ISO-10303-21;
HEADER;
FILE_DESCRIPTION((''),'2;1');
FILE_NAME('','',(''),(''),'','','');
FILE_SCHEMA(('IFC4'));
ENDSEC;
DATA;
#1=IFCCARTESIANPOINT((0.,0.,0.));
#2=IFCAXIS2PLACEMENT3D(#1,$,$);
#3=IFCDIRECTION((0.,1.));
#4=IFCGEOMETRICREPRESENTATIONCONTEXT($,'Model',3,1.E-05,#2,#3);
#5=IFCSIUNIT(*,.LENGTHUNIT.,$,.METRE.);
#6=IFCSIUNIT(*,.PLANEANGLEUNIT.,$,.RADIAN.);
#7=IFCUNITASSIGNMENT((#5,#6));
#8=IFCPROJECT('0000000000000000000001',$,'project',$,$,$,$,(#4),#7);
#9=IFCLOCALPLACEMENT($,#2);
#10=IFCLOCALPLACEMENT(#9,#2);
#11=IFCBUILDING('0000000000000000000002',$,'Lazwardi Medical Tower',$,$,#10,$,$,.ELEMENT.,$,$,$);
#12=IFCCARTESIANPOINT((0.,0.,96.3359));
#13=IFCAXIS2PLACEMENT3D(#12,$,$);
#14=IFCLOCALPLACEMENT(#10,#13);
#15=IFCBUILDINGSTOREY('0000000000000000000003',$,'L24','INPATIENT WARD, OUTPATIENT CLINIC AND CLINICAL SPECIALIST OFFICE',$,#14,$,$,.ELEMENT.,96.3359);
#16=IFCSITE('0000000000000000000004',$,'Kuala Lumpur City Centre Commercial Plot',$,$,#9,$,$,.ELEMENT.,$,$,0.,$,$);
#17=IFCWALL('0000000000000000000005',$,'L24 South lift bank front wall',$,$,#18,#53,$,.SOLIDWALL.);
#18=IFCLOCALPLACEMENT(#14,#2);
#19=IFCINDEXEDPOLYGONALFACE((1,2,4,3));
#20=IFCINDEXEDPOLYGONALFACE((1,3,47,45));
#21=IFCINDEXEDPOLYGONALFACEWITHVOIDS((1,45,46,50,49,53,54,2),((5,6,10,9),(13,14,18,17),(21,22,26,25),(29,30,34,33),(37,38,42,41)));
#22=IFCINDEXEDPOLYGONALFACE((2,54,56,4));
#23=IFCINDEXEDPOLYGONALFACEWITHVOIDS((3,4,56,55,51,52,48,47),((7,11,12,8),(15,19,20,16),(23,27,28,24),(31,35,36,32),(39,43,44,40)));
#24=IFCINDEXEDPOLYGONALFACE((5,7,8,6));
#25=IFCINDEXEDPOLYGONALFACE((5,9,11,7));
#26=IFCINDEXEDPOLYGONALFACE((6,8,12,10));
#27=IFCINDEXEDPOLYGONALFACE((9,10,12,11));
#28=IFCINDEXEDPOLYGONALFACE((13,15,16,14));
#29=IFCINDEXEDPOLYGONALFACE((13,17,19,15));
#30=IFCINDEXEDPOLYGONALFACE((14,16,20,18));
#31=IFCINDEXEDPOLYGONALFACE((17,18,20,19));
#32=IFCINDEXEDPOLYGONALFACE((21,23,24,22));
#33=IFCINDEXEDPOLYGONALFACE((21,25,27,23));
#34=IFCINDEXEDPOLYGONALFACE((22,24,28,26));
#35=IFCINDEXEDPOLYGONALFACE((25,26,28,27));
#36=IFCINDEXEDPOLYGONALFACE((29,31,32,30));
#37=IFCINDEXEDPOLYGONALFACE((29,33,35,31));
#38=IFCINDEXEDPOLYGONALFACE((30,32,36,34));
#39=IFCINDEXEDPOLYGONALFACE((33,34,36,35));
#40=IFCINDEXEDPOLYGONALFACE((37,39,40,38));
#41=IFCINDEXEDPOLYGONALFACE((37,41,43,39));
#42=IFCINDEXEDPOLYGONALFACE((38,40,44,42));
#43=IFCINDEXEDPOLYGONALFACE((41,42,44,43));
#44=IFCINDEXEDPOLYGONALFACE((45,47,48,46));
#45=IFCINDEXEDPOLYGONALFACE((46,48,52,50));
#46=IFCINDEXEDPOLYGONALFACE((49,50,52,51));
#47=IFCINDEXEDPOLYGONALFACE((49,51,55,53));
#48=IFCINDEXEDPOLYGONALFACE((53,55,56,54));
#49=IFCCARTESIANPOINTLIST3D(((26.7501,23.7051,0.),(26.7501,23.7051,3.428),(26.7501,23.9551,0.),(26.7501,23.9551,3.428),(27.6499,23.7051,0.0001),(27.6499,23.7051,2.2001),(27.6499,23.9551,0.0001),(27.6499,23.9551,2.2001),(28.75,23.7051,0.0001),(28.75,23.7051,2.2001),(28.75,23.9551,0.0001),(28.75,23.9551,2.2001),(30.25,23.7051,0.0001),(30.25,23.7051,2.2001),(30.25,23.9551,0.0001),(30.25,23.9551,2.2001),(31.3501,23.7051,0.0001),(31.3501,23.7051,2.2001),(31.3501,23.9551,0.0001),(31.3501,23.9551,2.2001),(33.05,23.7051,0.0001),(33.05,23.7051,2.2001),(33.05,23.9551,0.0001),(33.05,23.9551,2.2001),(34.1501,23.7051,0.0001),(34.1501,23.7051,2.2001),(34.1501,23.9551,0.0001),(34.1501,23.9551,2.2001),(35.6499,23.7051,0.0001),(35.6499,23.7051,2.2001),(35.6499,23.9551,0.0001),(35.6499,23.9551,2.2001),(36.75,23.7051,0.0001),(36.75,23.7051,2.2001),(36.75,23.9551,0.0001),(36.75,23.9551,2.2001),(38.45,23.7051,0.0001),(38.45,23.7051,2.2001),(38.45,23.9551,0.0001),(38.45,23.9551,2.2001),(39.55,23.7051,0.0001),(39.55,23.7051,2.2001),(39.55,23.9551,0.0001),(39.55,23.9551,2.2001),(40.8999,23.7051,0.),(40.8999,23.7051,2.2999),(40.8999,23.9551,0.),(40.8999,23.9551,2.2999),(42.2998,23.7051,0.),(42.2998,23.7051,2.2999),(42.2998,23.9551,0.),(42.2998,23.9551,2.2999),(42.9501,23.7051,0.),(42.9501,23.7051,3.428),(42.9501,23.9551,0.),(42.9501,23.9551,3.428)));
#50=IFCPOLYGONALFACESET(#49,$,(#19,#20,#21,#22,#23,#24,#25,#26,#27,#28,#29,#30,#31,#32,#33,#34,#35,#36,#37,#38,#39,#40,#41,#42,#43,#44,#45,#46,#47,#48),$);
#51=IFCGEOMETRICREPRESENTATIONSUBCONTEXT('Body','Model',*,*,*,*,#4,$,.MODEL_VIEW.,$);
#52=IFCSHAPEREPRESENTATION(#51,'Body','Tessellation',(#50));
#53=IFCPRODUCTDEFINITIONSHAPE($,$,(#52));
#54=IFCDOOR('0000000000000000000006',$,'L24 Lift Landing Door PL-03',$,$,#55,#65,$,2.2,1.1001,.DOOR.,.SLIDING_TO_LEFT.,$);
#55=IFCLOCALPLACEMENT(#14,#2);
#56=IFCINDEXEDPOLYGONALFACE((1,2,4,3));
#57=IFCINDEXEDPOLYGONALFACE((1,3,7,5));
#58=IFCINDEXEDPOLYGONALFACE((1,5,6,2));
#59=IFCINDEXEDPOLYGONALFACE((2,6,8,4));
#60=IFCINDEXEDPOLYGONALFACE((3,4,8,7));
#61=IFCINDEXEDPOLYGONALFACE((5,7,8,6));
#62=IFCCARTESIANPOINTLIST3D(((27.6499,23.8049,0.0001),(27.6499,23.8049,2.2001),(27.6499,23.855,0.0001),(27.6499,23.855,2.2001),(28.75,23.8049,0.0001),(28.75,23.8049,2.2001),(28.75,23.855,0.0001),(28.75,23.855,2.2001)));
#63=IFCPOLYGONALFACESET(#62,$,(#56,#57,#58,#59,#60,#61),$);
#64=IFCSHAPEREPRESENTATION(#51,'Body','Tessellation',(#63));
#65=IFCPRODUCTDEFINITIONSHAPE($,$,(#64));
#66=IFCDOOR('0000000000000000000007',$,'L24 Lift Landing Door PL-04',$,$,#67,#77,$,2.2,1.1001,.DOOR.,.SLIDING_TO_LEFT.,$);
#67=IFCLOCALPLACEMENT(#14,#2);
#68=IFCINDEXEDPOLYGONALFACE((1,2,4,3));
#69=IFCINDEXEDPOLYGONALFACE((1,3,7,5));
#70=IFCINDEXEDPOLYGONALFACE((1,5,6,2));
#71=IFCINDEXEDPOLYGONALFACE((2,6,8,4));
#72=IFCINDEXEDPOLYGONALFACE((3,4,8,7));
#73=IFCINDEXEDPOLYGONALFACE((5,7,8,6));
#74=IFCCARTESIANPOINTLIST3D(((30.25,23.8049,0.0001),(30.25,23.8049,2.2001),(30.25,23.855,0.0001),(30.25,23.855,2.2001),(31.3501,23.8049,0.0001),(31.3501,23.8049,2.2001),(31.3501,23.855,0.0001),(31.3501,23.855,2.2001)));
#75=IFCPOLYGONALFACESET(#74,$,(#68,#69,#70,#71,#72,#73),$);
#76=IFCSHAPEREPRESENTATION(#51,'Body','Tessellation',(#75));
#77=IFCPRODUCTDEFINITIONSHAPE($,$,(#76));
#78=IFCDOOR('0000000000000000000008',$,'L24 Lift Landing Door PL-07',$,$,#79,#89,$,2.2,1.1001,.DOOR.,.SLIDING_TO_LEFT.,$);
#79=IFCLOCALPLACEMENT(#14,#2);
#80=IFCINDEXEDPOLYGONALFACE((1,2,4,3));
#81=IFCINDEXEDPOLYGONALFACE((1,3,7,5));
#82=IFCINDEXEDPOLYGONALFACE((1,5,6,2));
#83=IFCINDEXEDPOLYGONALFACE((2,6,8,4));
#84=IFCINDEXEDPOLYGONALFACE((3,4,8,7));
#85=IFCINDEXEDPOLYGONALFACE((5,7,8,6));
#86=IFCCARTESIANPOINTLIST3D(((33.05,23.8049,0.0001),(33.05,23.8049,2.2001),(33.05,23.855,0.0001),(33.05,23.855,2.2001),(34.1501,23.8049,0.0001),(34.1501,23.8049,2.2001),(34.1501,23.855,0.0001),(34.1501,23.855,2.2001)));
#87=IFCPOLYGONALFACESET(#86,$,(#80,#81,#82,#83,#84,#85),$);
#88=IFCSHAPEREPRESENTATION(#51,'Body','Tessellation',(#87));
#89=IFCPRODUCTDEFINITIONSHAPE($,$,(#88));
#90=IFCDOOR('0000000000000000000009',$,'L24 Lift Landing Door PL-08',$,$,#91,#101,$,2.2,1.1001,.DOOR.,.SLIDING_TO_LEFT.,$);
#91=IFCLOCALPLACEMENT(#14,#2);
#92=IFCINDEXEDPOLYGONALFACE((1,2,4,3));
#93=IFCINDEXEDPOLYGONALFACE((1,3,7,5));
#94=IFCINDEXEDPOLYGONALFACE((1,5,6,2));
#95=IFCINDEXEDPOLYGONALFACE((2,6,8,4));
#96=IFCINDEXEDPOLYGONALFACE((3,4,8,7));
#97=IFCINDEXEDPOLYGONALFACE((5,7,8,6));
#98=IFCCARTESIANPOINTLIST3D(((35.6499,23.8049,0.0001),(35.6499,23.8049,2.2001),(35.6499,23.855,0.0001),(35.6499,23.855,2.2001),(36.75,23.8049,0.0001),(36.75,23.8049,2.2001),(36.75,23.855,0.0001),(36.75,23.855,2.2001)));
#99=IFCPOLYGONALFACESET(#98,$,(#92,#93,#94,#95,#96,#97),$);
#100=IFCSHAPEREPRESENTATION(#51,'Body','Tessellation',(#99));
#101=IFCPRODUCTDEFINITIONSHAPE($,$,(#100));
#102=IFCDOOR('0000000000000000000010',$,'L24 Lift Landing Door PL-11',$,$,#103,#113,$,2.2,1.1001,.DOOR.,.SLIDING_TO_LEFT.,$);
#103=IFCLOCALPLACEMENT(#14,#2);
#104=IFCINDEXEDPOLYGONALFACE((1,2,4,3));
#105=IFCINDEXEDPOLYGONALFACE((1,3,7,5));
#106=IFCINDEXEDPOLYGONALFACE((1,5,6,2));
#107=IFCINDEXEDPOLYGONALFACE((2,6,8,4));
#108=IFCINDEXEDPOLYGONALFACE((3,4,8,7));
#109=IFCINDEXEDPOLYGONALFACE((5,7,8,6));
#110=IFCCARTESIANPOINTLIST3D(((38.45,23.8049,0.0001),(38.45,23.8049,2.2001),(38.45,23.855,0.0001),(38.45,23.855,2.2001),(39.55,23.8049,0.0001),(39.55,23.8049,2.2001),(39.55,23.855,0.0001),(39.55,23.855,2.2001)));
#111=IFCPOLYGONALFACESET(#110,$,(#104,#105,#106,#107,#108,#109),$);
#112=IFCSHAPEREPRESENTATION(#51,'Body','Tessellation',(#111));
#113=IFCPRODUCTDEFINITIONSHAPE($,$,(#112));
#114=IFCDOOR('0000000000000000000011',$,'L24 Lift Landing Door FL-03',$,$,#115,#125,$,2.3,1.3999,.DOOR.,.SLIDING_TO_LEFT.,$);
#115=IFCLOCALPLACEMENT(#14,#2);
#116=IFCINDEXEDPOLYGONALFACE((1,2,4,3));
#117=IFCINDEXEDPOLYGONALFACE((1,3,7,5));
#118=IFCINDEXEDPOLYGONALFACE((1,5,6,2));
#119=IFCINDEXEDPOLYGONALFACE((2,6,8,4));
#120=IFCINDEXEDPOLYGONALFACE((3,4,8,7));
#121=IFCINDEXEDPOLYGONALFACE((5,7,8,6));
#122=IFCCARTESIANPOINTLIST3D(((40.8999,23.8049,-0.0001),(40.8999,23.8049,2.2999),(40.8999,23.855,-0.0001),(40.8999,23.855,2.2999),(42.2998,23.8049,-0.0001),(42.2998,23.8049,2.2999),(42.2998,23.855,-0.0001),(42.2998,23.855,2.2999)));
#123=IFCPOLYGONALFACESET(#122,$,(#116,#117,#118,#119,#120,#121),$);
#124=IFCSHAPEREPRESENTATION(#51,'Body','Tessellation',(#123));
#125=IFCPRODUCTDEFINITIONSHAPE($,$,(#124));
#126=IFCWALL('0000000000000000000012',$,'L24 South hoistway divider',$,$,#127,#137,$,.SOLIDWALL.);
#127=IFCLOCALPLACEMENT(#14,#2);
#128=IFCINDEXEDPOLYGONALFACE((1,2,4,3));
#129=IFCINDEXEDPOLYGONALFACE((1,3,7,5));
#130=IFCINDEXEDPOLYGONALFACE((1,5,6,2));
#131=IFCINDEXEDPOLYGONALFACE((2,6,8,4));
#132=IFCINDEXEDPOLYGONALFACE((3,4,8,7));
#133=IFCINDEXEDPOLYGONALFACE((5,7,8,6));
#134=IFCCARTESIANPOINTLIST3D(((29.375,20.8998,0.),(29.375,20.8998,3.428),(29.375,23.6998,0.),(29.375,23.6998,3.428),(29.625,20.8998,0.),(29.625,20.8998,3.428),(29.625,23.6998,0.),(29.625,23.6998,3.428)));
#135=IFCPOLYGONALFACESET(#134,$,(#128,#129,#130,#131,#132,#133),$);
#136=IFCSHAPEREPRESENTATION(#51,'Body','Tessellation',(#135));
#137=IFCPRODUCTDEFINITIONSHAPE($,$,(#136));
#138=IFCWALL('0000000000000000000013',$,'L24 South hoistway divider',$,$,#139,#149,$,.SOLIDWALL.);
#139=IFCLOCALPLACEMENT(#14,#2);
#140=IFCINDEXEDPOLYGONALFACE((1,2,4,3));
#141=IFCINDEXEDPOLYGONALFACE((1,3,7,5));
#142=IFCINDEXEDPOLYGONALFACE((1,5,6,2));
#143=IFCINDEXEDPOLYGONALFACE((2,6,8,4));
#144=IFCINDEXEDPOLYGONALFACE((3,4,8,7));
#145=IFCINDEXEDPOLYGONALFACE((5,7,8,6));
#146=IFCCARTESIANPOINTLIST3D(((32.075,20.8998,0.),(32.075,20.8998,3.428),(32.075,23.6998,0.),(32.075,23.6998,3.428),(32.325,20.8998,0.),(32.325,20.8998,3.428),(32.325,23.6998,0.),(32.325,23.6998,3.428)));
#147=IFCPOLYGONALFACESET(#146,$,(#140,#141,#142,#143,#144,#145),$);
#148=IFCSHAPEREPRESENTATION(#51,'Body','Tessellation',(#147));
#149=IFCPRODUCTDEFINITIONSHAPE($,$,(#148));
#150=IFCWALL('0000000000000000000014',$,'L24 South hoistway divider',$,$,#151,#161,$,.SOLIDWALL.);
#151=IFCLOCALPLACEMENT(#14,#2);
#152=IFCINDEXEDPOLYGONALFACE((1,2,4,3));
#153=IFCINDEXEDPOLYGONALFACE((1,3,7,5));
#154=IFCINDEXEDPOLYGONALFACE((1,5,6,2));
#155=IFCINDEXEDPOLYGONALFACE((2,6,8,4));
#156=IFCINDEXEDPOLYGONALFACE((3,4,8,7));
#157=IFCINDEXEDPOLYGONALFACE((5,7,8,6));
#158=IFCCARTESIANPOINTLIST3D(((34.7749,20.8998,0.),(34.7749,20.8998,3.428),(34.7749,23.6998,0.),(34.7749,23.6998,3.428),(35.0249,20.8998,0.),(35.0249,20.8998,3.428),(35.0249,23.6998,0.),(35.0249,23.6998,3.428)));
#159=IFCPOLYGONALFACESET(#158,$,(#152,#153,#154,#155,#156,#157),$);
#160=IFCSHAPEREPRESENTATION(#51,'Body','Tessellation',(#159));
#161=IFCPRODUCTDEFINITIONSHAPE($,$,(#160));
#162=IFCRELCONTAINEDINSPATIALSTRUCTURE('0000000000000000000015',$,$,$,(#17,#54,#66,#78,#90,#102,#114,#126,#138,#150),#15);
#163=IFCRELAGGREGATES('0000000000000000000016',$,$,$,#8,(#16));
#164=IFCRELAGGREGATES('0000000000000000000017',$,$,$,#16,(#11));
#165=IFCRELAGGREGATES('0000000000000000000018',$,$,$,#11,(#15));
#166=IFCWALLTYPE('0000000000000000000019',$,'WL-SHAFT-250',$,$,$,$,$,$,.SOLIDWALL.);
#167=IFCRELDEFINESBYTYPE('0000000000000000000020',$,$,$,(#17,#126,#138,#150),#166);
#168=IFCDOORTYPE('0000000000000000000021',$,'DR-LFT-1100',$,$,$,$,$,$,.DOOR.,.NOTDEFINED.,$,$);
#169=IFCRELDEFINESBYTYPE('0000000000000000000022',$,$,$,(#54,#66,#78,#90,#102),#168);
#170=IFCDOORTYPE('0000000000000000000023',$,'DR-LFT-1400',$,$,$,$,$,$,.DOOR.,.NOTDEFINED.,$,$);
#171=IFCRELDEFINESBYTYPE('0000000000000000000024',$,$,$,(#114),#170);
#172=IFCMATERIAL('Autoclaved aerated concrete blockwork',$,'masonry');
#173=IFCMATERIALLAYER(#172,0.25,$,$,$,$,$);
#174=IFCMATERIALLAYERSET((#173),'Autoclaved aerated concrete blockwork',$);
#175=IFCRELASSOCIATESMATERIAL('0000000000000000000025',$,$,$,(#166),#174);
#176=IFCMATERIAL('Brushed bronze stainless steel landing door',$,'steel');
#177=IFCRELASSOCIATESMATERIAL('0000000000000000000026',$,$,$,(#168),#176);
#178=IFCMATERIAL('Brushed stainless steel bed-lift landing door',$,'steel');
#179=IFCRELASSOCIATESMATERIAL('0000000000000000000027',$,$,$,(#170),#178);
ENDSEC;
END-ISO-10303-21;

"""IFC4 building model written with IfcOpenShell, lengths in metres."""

from ifc_helpers import new_model, si_unit, direction, frame, frame_2d, origin, place, context, subcontext, project, spatial, rectangle, extrude, material, layer, layer_set, type_object, element, fill, save


model = new_model("IFC4")

# Units and contexts
model_context = context("Model", 3, precision=1e-05, world=origin(), true_north=direction((0.0, 1.0)))
body_context = subcontext(model_context, "Body", "Model", "MODEL_VIEW")
ifc_project = project(units=[si_unit("LENGTHUNIT", "METRE"), si_unit("PLANEANGLEUNIT", "RADIAN")], contexts=[model_context])

# Site, building, storey
site_placement = place(None, origin())
site = spatial("IfcSite", under=ifc_project, at=site_placement, Name="Kuala Lumpur City Centre Commercial Plot", CompositionType="ELEMENT", RefElevation=0.0)
building_placement = place(site_placement, origin())
building = spatial("IfcBuilding", under=site, at=building_placement, Name="Lazwardi Medical Tower", CompositionType="ELEMENT")
storey_placement = place(building_placement, frame((0.0, 0.0, 96.3359)))
storey = spatial("IfcBuildingStorey", under=building, at=storey_placement, Name="L24", Description="INPATIENT WARD, OUTPATIENT CLINIC AND CLINICAL SPECIALIST OFFICE", CompositionType="ELEMENT", Elevation=96.3359)

# Wall, openings, doors
ifc_material_1 = material(Name="Autoclaved aerated concrete blockwork", Category="masonry")
ifc_layer_1 = layer(ifc_material_1, 0.25)
ifc_layer_set_1 = layer_set([ifc_layer_1], Name="Autoclaved aerated concrete blockwork")
wall_type_1 = type_object("IfcWallType", Name="WL-SHAFT-250", PredefinedType="SOLIDWALL", material=ifc_layer_set_1)
wall_1_placement = place(storey_placement, frame((26.75, 23.8301, 0.0), z_axis=(0.0, 0.0, 1.0), x_axis=(1.0, 0.0, 0.0)))
wall_1 = element("IfcWall", 1, at=wall_1_placement, inside=storey, type_object=wall_type_1, Name="L24 South lift bank front wall", PredefinedType="SOLIDWALL", context=body_context, shape_type="SweptSolid", body=[
    extrude(rectangle(XDim=16.2, YDim=0.25, at=frame_2d((8.1001, 0.0))), origin(), (0.0, 0.0, 1.0), 3.428),
])
opening_1_placement = place(wall_1_placement, frame((0.8999, 0.0, 0.0)))
opening_1 = element("IfcOpeningElement", 2, at=opening_1_placement, cuts=wall_1, PredefinedType="OPENING", context=body_context, shape_type="SweptSolid", body=[
    extrude(rectangle(XDim=1.1001, YDim=2.2, at=frame_2d((0.55, 1.1001))), frame((0.0, 0.135, 0.0), z_axis=(0.0, -1.0, 0.0), x_axis=(1.0, 0.0, 0.0)), (0.0, 0.0, 1.0), 0.27),
])
opening_2_placement = place(wall_1_placement, frame((3.5, 0.0, 0.0)))
opening_2 = element("IfcOpeningElement", 3, at=opening_2_placement, cuts=wall_1, PredefinedType="OPENING", context=body_context, shape_type="SweptSolid", body=[
    extrude(rectangle(XDim=1.1001, YDim=2.2, at=frame_2d((0.55, 1.1001))), frame((0.0, 0.135, 0.0), z_axis=(0.0, -1.0, 0.0), x_axis=(1.0, 0.0, 0.0)), (0.0, 0.0, 1.0), 0.27),
])
opening_3_placement = place(wall_1_placement, frame((6.3, 0.0, 0.0)))
opening_3 = element("IfcOpeningElement", 4, at=opening_3_placement, cuts=wall_1, PredefinedType="OPENING", context=body_context, shape_type="SweptSolid", body=[
    extrude(rectangle(XDim=1.1001, YDim=2.2, at=frame_2d((0.55, 1.1001))), frame((0.0, 0.135, 0.0), z_axis=(0.0, -1.0, 0.0), x_axis=(1.0, 0.0, 0.0)), (0.0, 0.0, 1.0), 0.27),
])
opening_4_placement = place(wall_1_placement, frame((8.8999, 0.0, 0.0)))
opening_4 = element("IfcOpeningElement", 5, at=opening_4_placement, cuts=wall_1, PredefinedType="OPENING", context=body_context, shape_type="SweptSolid", body=[
    extrude(rectangle(XDim=1.1001, YDim=2.2, at=frame_2d((0.55, 1.1001))), frame((0.0, 0.135, 0.0), z_axis=(0.0, -1.0, 0.0), x_axis=(1.0, 0.0, 0.0)), (0.0, 0.0, 1.0), 0.27),
])
opening_5_placement = place(wall_1_placement, frame((11.7, 0.0, 0.0)))
opening_5 = element("IfcOpeningElement", 6, at=opening_5_placement, cuts=wall_1, PredefinedType="OPENING", context=body_context, shape_type="SweptSolid", body=[
    extrude(rectangle(XDim=1.1001, YDim=2.2, at=frame_2d((0.55, 1.1001))), frame((0.0, 0.135, 0.0), z_axis=(0.0, -1.0, 0.0), x_axis=(1.0, 0.0, 0.0)), (0.0, 0.0, 1.0), 0.27),
])
opening_6_placement = place(wall_1_placement, frame((14.1499, 0.0, 0.0)))
opening_6 = element("IfcOpeningElement", 7, at=opening_6_placement, cuts=wall_1, PredefinedType="OPENING", context=body_context, shape_type="SweptSolid", body=[
    extrude(rectangle(XDim=1.3999, YDim=2.3, at=frame_2d((0.7, 1.1499))), frame((0.0, 0.135, 0.0), z_axis=(0.0, -1.0, 0.0), x_axis=(1.0, 0.0, 0.0)), (0.0, 0.0, 1.0), 0.27),
])
ifc_material_2 = material(Name="Brushed bronze stainless steel landing door", Category="steel")
door_type_1 = type_object("IfcDoorType", Name="DR-LFT-1100", OperationType="NOTDEFINED", PredefinedType="DOOR", material=ifc_material_2)
door_1_placement = place(opening_1_placement, origin())
door_1 = element("IfcDoor", 8, at=door_1_placement, inside=storey, type_object=door_type_1, Name="L24 Lift Landing Door PL-03", OperationType="SLIDING_TO_LEFT", OverallHeight=2.2, OverallWidth=1.1001, PredefinedType="DOOR", context=body_context, shape_type="SweptSolid", body=[
    extrude(rectangle(XDim=1.1001, YDim=2.2, at=frame_2d((0.55, 1.1001))), frame((0.0, 0.0249, 0.0), z_axis=(0.0, -1.0, 0.0), x_axis=(1.0, 0.0, 0.0)), (0.0, 0.0, 1.0), 0.05),
])
fill(opening_1, door_1)
door_2_placement = place(opening_2_placement, origin())
door_2 = element("IfcDoor", 9, at=door_2_placement, inside=storey, type_object=door_type_1, Name="L24 Lift Landing Door PL-04", OperationType="SLIDING_TO_LEFT", OverallHeight=2.2, OverallWidth=1.1001, PredefinedType="DOOR", context=body_context, shape_type="SweptSolid", body=[
    extrude(rectangle(XDim=1.1001, YDim=2.2, at=frame_2d((0.55, 1.1001))), frame((0.0, 0.0249, 0.0), z_axis=(0.0, -1.0, 0.0), x_axis=(1.0, 0.0, 0.0)), (0.0, 0.0, 1.0), 0.05),
])
fill(opening_2, door_2)
door_3_placement = place(opening_3_placement, origin())
door_3 = element("IfcDoor", 10, at=door_3_placement, inside=storey, type_object=door_type_1, Name="L24 Lift Landing Door PL-07", OperationType="SLIDING_TO_LEFT", OverallHeight=2.2, OverallWidth=1.1001, PredefinedType="DOOR", context=body_context, shape_type="SweptSolid", body=[
    extrude(rectangle(XDim=1.1001, YDim=2.2, at=frame_2d((0.55, 1.1001))), frame((0.0, 0.0249, 0.0), z_axis=(0.0, -1.0, 0.0), x_axis=(1.0, 0.0, 0.0)), (0.0, 0.0, 1.0), 0.05),
])
fill(opening_3, door_3)
door_4_placement = place(opening_4_placement, origin())
door_4 = element("IfcDoor", 11, at=door_4_placement, inside=storey, type_object=door_type_1, Name="L24 Lift Landing Door PL-08", OperationType="SLIDING_TO_LEFT", OverallHeight=2.2, OverallWidth=1.1001, PredefinedType="DOOR", context=body_context, shape_type="SweptSolid", body=[
    extrude(rectangle(XDim=1.1001, YDim=2.2, at=frame_2d((0.55, 1.1001))), frame((0.0, 0.0249, 0.0), z_axis=(0.0, -1.0, 0.0), x_axis=(1.0, 0.0, 0.0)), (0.0, 0.0, 1.0), 0.05),
])
fill(opening_4, door_4)
door_5_placement = place(opening_5_placement, origin())
door_5 = element("IfcDoor", 12, at=door_5_placement, inside=storey, type_object=door_type_1, Name="L24 Lift Landing Door PL-11", OperationType="SLIDING_TO_LEFT", OverallHeight=2.2, OverallWidth=1.1001, PredefinedType="DOOR", context=body_context, shape_type="SweptSolid", body=[
    extrude(rectangle(XDim=1.1001, YDim=2.2, at=frame_2d((0.55, 1.1001))), frame((0.0, 0.0249, 0.0), z_axis=(0.0, -1.0, 0.0), x_axis=(1.0, 0.0, 0.0)), (0.0, 0.0, 1.0), 0.05),
])
fill(opening_5, door_5)
ifc_material_3 = material(Name="Brushed stainless steel bed-lift landing door", Category="steel")
door_type_2 = type_object("IfcDoorType", Name="DR-LFT-1400", OperationType="NOTDEFINED", PredefinedType="DOOR", material=ifc_material_3)
door_6_placement = place(opening_6_placement, origin())
door_6 = element("IfcDoor", 13, at=door_6_placement, inside=storey, type_object=door_type_2, Name="L24 Lift Landing Door FL-03", OperationType="SLIDING_TO_LEFT", OverallHeight=2.3, OverallWidth=1.3999, PredefinedType="DOOR", context=body_context, shape_type="SweptSolid", body=[
    extrude(rectangle(XDim=1.3999, YDim=2.3, at=frame_2d((0.7, 1.1499))), frame((0.0, 0.0249, 0.0), z_axis=(0.0, -1.0, 0.0), x_axis=(1.0, 0.0, 0.0)), (0.0, 0.0, 1.0), 0.05),
])
fill(opening_6, door_6)

# Walls
for number, where, z_axis, x_axis, name in (
    (14, (29.5, 20.8999, 0.0), (0.0, 0.0, 1.0), (0.0, 1.0, 0.0), "L24 South hoistway divider"),
    (15, (32.2, 20.8999, 0.0), (0.0, 0.0, 1.0), (0.0, 1.0, 0.0), "L24 South hoistway divider"),
    (16, (34.8999, 20.8999, 0.0), (0.0, 0.0, 1.0), (0.0, 1.0, 0.0), "L24 South hoistway divider"),
):
    element("IfcWall", number, at=place(storey_placement, frame(where, z_axis=z_axis, x_axis=x_axis)), inside=storey, type_object=wall_type_1, Name=name, PredefinedType="SOLIDWALL", context=body_context, shape_type="SweptSolid", body=[
        extrude(rectangle(XDim=2.8, YDim=0.25, at=frame_2d((1.3999, 0.0))), origin(), (0.0, 0.0, 1.0), 3.428),
    ])

save(model, "model.ifc")
